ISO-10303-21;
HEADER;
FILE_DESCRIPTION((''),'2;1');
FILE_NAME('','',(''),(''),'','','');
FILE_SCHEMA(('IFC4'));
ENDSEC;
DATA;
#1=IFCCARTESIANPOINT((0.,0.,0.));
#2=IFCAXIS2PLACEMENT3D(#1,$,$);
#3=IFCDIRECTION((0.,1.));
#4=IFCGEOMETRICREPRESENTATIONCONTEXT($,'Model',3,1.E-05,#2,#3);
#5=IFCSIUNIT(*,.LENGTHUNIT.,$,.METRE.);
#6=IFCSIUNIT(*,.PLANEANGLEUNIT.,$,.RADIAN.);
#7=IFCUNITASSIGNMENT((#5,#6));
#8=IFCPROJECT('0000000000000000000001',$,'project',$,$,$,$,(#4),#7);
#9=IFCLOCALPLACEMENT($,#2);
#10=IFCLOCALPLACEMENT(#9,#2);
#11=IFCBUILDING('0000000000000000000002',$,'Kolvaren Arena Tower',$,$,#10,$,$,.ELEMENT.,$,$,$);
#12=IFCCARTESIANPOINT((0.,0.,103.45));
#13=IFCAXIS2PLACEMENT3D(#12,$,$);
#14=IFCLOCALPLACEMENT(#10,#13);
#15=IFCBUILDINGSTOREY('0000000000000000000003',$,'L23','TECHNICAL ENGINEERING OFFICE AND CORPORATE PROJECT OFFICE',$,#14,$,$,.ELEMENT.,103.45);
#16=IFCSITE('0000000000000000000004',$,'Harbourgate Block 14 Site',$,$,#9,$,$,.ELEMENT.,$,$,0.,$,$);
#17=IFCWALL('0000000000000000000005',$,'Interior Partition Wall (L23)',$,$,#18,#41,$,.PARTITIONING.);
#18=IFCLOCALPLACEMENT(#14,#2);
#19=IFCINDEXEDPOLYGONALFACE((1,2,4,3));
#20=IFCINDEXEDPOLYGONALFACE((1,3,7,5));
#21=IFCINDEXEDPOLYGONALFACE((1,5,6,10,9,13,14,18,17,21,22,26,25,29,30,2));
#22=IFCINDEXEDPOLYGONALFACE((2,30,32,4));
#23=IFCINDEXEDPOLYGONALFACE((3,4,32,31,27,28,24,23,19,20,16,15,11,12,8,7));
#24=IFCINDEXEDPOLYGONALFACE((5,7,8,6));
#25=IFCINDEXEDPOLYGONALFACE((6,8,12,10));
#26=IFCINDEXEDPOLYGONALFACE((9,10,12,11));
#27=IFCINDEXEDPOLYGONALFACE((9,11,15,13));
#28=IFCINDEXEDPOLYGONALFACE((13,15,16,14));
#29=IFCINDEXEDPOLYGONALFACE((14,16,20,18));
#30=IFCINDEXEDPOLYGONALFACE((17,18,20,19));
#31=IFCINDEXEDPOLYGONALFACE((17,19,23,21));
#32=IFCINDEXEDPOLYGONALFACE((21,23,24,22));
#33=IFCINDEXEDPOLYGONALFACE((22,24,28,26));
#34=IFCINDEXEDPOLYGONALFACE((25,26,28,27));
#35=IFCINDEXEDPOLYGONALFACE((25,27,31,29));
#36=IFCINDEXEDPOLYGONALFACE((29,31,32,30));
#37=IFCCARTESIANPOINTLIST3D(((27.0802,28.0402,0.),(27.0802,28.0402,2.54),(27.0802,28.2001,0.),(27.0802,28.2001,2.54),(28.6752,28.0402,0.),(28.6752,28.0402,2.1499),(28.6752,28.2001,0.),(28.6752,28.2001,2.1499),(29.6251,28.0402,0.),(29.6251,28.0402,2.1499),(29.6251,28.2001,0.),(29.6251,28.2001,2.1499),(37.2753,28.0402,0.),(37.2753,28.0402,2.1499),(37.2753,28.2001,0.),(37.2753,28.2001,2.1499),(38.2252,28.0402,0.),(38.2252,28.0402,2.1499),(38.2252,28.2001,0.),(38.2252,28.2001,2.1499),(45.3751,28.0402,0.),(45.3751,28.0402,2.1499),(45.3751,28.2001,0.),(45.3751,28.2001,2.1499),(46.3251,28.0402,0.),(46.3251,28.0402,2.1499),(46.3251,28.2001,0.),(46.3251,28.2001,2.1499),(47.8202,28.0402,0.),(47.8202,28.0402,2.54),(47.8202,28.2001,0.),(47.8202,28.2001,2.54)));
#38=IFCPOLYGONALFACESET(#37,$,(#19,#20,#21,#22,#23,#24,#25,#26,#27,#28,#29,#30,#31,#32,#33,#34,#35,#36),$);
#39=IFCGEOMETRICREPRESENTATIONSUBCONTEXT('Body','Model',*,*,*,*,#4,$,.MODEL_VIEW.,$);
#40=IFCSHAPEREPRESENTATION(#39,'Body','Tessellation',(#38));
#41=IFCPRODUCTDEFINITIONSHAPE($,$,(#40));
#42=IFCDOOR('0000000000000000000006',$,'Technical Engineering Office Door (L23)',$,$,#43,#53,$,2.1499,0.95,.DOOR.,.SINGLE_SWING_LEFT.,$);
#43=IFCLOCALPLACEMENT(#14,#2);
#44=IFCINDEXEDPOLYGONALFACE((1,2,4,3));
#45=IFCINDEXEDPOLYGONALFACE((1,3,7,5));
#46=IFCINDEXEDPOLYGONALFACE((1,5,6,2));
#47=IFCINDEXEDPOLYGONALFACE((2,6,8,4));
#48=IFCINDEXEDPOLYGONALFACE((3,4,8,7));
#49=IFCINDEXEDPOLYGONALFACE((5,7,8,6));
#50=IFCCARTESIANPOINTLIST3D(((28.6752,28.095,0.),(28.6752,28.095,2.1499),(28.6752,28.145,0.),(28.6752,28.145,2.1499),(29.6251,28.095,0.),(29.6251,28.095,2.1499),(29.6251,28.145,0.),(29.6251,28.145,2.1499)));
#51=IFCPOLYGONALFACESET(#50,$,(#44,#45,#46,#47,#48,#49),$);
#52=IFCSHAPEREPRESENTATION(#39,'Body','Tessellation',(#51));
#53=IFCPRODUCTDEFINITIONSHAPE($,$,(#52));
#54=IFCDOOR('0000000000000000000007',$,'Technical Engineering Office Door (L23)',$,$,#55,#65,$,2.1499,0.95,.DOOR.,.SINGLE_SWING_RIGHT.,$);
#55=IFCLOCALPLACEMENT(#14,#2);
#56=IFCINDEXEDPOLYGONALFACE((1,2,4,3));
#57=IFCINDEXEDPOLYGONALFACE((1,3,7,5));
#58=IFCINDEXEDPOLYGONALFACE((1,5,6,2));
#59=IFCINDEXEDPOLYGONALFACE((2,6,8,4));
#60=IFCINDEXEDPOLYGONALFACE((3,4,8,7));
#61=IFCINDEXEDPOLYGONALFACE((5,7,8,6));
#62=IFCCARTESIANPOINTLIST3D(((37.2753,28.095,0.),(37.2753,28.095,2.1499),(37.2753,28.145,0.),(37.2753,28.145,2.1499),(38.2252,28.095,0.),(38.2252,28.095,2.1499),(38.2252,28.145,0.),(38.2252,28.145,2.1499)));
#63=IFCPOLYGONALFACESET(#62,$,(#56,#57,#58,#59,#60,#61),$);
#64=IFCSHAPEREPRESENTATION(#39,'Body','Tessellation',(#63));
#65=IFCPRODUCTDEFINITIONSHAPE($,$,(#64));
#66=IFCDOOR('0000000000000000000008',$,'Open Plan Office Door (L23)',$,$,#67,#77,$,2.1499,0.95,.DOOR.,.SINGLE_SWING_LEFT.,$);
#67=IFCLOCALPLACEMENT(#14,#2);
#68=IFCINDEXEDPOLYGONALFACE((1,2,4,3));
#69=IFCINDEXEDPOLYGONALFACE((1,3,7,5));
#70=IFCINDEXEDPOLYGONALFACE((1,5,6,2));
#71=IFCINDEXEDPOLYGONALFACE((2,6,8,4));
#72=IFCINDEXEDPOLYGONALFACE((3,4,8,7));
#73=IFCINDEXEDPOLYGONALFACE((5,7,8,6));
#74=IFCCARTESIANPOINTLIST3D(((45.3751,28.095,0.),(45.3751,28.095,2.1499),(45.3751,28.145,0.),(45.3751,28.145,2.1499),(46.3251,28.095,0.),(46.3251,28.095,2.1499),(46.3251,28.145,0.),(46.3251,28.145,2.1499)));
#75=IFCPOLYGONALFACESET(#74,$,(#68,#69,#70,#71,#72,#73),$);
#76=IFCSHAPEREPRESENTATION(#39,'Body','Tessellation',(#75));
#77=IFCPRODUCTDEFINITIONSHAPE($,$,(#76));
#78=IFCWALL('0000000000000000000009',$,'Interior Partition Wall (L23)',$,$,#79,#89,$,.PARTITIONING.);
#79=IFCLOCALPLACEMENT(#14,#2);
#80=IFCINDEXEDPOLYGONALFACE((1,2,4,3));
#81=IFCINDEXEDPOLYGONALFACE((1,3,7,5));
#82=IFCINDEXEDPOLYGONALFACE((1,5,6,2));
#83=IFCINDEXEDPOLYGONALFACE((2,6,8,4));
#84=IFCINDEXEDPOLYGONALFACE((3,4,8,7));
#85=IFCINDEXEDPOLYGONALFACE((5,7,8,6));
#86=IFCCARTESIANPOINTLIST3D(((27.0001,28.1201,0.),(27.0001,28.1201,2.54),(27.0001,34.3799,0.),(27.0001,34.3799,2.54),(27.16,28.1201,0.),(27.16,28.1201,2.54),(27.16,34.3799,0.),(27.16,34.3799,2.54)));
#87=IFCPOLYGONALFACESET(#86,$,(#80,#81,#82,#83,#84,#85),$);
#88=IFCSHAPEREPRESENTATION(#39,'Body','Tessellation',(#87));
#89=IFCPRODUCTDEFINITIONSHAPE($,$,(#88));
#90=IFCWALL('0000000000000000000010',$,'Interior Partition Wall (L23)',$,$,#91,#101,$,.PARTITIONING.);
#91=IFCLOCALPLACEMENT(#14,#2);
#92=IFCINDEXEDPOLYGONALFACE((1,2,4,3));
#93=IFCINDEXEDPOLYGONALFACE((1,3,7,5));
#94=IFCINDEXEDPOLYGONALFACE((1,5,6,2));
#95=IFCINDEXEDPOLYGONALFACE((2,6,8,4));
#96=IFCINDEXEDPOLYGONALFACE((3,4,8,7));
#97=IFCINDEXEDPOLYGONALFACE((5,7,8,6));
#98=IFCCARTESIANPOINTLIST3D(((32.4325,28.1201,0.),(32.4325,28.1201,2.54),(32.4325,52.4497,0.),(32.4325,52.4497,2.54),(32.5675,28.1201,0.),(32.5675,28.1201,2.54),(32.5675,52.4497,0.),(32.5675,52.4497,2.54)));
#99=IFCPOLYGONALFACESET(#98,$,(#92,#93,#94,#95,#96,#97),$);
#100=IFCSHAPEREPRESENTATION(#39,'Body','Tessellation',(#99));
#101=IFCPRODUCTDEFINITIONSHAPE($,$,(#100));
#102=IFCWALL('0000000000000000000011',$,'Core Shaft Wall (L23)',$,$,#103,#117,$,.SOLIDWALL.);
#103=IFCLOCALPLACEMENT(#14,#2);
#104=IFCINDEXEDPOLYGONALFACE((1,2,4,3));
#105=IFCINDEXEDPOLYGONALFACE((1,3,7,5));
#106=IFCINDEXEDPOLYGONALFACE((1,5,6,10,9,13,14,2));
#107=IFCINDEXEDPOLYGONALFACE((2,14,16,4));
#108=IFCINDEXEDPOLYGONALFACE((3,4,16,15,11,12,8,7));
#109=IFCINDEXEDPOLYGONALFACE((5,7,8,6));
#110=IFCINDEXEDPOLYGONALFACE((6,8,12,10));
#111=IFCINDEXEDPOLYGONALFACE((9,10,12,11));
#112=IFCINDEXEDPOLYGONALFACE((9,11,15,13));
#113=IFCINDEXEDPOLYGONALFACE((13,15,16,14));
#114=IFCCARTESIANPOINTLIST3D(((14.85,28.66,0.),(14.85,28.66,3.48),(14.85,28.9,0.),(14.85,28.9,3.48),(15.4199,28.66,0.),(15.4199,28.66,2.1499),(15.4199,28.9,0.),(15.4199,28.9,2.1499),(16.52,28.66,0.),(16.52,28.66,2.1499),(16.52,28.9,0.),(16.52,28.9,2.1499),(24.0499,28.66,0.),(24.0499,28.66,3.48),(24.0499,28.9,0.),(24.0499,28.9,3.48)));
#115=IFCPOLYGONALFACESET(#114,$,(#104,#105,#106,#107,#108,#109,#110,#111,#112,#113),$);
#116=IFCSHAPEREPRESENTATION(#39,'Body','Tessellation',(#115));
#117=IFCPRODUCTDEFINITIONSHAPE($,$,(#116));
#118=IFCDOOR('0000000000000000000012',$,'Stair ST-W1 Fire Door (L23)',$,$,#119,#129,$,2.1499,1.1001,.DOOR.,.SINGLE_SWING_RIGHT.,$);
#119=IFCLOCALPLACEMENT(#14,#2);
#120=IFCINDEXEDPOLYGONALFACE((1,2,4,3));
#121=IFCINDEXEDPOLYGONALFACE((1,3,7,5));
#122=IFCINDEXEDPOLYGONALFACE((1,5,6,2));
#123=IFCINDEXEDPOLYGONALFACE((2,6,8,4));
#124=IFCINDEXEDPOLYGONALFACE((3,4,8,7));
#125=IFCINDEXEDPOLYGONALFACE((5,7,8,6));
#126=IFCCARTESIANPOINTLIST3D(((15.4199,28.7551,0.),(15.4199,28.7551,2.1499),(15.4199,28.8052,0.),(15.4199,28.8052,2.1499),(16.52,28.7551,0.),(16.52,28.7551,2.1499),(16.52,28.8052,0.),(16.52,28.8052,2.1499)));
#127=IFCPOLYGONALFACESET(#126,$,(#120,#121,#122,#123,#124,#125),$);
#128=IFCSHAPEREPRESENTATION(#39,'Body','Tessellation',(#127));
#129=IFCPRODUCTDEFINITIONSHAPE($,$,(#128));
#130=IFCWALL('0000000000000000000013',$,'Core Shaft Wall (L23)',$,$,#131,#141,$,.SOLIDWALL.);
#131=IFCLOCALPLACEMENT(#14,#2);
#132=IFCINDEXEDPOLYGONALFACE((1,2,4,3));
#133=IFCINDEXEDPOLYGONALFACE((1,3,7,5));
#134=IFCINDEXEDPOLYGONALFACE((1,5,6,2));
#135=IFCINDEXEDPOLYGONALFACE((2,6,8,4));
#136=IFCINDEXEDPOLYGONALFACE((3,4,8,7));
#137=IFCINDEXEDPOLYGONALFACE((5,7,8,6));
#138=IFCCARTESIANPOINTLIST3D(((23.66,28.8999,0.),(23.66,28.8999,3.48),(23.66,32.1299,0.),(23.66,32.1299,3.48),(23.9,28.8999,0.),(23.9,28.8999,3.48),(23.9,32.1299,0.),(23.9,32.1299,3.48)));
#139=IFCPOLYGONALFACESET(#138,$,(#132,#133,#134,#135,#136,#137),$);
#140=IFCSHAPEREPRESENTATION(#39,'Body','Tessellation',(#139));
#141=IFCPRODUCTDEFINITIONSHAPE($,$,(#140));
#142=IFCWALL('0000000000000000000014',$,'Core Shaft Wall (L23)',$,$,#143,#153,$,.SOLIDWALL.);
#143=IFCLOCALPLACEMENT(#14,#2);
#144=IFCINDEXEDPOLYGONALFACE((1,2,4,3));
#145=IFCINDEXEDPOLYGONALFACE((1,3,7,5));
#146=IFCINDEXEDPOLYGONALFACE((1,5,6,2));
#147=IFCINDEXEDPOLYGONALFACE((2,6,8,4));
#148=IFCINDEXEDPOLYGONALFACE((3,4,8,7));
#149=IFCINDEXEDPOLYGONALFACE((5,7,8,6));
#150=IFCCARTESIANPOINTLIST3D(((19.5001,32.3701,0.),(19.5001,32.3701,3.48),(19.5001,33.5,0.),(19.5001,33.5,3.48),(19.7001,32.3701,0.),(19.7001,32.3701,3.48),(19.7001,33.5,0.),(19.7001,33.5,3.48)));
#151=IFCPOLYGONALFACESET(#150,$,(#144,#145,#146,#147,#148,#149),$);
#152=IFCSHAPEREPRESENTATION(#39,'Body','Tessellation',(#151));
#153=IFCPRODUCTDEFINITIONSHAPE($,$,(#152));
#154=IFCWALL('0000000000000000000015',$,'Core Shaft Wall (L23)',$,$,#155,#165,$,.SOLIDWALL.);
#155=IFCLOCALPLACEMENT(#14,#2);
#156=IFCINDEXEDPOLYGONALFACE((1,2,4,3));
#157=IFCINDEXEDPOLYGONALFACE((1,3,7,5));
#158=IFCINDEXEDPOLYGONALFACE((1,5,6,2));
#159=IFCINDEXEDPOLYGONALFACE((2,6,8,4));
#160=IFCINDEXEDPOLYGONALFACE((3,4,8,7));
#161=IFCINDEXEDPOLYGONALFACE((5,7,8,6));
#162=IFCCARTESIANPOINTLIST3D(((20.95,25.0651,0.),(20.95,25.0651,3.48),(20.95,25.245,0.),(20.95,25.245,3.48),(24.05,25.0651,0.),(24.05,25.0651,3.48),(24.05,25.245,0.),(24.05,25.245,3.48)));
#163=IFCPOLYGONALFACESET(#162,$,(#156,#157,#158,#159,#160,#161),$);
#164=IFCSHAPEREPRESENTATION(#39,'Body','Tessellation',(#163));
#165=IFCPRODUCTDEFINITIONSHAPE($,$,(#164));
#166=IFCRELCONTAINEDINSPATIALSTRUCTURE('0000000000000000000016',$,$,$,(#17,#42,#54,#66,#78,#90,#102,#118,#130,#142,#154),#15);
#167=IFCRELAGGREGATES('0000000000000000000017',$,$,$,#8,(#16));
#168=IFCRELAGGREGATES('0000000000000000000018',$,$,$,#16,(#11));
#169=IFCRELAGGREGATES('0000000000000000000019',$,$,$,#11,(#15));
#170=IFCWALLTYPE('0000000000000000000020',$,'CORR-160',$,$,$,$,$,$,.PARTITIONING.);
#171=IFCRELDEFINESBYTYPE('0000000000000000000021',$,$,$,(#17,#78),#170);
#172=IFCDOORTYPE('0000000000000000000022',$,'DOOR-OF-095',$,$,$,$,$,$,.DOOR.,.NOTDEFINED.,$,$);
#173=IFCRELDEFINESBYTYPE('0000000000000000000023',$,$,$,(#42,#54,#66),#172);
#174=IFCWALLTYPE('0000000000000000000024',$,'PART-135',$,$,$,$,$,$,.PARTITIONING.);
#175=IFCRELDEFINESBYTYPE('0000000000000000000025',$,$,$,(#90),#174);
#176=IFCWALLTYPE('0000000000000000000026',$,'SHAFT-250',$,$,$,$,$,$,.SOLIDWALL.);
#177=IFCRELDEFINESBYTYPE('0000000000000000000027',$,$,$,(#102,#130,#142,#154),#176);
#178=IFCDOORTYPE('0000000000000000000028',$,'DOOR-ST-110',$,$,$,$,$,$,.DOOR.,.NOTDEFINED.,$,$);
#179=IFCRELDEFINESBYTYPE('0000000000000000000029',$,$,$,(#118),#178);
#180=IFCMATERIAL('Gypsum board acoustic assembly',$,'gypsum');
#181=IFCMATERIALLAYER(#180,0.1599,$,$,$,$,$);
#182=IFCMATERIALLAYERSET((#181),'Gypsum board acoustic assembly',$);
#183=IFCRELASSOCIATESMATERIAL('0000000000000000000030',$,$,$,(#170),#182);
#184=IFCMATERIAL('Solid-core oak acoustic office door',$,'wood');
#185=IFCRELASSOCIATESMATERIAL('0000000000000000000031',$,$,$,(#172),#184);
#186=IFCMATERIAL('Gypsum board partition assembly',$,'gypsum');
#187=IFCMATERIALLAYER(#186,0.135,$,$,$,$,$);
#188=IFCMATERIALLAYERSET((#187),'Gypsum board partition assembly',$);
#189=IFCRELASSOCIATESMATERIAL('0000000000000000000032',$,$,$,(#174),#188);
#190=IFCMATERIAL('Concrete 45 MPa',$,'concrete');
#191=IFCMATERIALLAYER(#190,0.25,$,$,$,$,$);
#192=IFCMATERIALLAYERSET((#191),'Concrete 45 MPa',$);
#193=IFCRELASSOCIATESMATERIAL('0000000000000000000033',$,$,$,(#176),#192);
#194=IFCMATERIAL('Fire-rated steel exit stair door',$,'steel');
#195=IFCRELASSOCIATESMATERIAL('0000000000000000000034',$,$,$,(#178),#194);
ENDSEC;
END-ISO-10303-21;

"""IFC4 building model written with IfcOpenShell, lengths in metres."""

from ifc_helpers import new_model, si_unit, direction, frame, frame_2d, origin, place, context, subcontext, project, spatial, rectangle, extrude, material, layer, layer_set, type_object, element, fill, save


model = new_model("IFC4")

# Units and contexts
model_context = context("Model", 3, precision=1e-05, world=origin(), true_north=direction((0.0, 1.0)))
body_context = subcontext(model_context, "Body", "Model", "MODEL_VIEW")
ifc_project = project(units=[si_unit("LENGTHUNIT", "METRE"), si_unit("PLANEANGLEUNIT", "RADIAN")], contexts=[model_context])

# Site, building, storey
site_placement = place(None, origin())
site = spatial("IfcSite", under=ifc_project, at=site_placement, Name="Harbourgate Block 14 Site", CompositionType="ELEMENT", RefElevation=0.0)
building_placement = place(site_placement, origin())
building = spatial("IfcBuilding", under=site, at=building_placement, Name="Kolvaren Arena Tower", CompositionType="ELEMENT")
storey_placement = place(building_placement, frame((0.0, 0.0, 103.45)))
storey = spatial("IfcBuildingStorey", under=building, at=storey_placement, Name="L23", Description="TECHNICAL ENGINEERING OFFICE AND CORPORATE PROJECT OFFICE", CompositionType="ELEMENT", Elevation=103.45)

# Wall, openings, doors
ifc_material_1 = material(Name="Gypsum board acoustic assembly", Category="gypsum")
ifc_layer_1 = layer(ifc_material_1, 0.1599)
ifc_layer_set_1 = layer_set([ifc_layer_1], Name="Gypsum board acoustic assembly")
wall_type_1 = type_object("IfcWallType", Name="CORR-160", PredefinedType="PARTITIONING", material=ifc_layer_set_1)
wall_1_placement = place(storey_placement, frame((27.0801, 28.1201, 0.0), z_axis=(0.0, 0.0, 1.0), x_axis=(1.0, 0.0, 0.0)))
wall_1 = element("IfcWall", 1, at=wall_1_placement, inside=storey, type_object=wall_type_1, Name="Interior Partition Wall (L23)", PredefinedType="PARTITIONING", context=body_context, shape_type="SweptSolid", body=[
    extrude(rectangle(XDim=20.74, YDim=0.1599, at=frame_2d((10.3701, 0.0))), origin(), (0.0, 0.0, 1.0), 2.54),
])
opening_1_placement = place(wall_1_placement, frame((1.595, 0.0, 0.0)))
opening_1 = element("IfcOpeningElement", 2, at=opening_1_placement, cuts=wall_1, PredefinedType="OPENING", context=body_context, shape_type="SweptSolid", body=[
    extrude(rectangle(XDim=0.95, YDim=2.1499, at=frame_2d((0.4751, 1.075))), frame((0.0, 0.0898, 0.0), z_axis=(0.0, -1.0, 0.0), x_axis=(1.0, 0.0, 0.0)), (0.0, 0.0, 1.0), 0.1799),
])
opening_2_placement = place(wall_1_placement, frame((10.1951, 0.0, 0.0)))
opening_2 = element("IfcOpeningElement", 3, at=opening_2_placement, cuts=wall_1, PredefinedType="OPENING", context=body_context, shape_type="SweptSolid", body=[
    extrude(rectangle(XDim=0.95, YDim=2.1499, at=frame_2d((0.4751, 1.075))), frame((0.0, 0.0898, 0.0), z_axis=(0.0, -1.0, 0.0), x_axis=(1.0, 0.0, 0.0)), (0.0, 0.0, 1.0), 0.1799),
])
opening_3_placement = place(wall_1_placement, frame((18.2949, 0.0, 0.0)))
opening_3 = element("IfcOpeningElement", 4, at=opening_3_placement, cuts=wall_1, PredefinedType="OPENING", context=body_context, shape_type="SweptSolid", body=[
    extrude(rectangle(XDim=0.95, YDim=2.1499, at=frame_2d((0.4751, 1.075))), frame((0.0, 0.0898, 0.0), z_axis=(0.0, -1.0, 0.0), x_axis=(1.0, 0.0, 0.0)), (0.0, 0.0, 1.0), 0.1799),
])
ifc_material_2 = material(Name="Solid-core oak acoustic office door", Category="wood")
door_type_1 = type_object("IfcDoorType", Name="DOOR-OF-095", OperationType="NOTDEFINED", PredefinedType="DOOR", material=ifc_material_2)
door_1_placement = place(opening_1_placement, origin())
door_1 = element("IfcDoor", 5, at=door_1_placement, inside=storey, type_object=door_type_1, Name="Technical Engineering Office Door (L23)", OperationType="SINGLE_SWING_LEFT", OverallHeight=2.1499, OverallWidth=0.95, PredefinedType="DOOR", context=body_context, shape_type="SweptSolid", body=[
    extrude(rectangle(XDim=0.95, YDim=2.1499, at=frame_2d((0.4751, 1.075))), frame((0.0, 0.0249, 0.0), z_axis=(0.0, -1.0, 0.0), x_axis=(1.0, 0.0, 0.0)), (0.0, 0.0, 1.0), 0.05),
])
fill(opening_1, door_1)
door_2_placement = place(opening_2_placement, origin())
door_2 = element("IfcDoor", 6, at=door_2_placement, inside=storey, type_object=door_type_1, Name="Technical Engineering Office Door (L23)", OperationType="SINGLE_SWING_RIGHT", OverallHeight=2.1499, OverallWidth=0.95, PredefinedType="DOOR", context=body_context, shape_type="SweptSolid", body=[
    extrude(rectangle(XDim=0.95, YDim=2.1499, at=frame_2d((0.4751, 1.075))), frame((0.0, 0.0249, 0.0), z_axis=(0.0, -1.0, 0.0), x_axis=(1.0, 0.0, 0.0)), (0.0, 0.0, 1.0), 0.05),
])
fill(opening_2, door_2)
door_3_placement = place(opening_3_placement, origin())
door_3 = element("IfcDoor", 7, at=door_3_placement, inside=storey, type_object=door_type_1, Name="Open Plan Office Door (L23)", OperationType="SINGLE_SWING_LEFT", OverallHeight=2.1499, OverallWidth=0.95, PredefinedType="DOOR", context=body_context, shape_type="SweptSolid", body=[
    extrude(rectangle(XDim=0.95, YDim=2.1499, at=frame_2d((0.4751, 1.075))), frame((0.0, 0.0249, 0.0), z_axis=(0.0, -1.0, 0.0), x_axis=(1.0, 0.0, 0.0)), (0.0, 0.0, 1.0), 0.05),
])
fill(opening_3, door_3)

# Wall
wall_2_placement = place(storey_placement, frame((27.0801, 28.1201, 0.0), z_axis=(0.0, 0.0, 1.0), x_axis=(0.0, 1.0, 0.0)))
element("IfcWall", 8, at=wall_2_placement, inside=storey, type_object=wall_type_1, Name="Interior Partition Wall (L23)", PredefinedType="PARTITIONING", context=body_context, shape_type="SweptSolid", body=[
    extrude(rectangle(XDim=6.2598, YDim=0.1599, at=frame_2d((3.1299, 0.0))), origin(), (0.0, 0.0, 1.0), 2.54),
])

# Wall
ifc_material_3 = material(Name="Gypsum board partition assembly", Category="gypsum")
ifc_layer_2 = layer(ifc_material_3, 0.135)
ifc_layer_set_2 = layer_set([ifc_layer_2], Name="Gypsum board partition assembly")
wall_type_2 = type_object("IfcWallType", Name="PART-135", PredefinedType="PARTITIONING", material=ifc_layer_set_2)
wall_3_placement = place(storey_placement, frame((32.5, 28.1201, 0.0), z_axis=(0.0, 0.0, 1.0), x_axis=(0.0, 1.0, 0.0)))
element("IfcWall", 9, at=wall_3_placement, inside=storey, type_object=wall_type_2, Name="Interior Partition Wall (L23)", PredefinedType="PARTITIONING", context=body_context, shape_type="SweptSolid", body=[
    extrude(rectangle(XDim=24.3296, YDim=0.135, at=frame_2d((12.1648, 0.0))), origin(), (0.0, 0.0, 1.0), 2.54),
])

# Wall, opening, door
ifc_material_4 = material(Name="Concrete 45 MPa", Category="concrete")
ifc_layer_3 = layer(ifc_material_4, 0.25)
ifc_layer_set_3 = layer_set([ifc_layer_3], Name="Concrete 45 MPa")
wall_type_3 = type_object("IfcWallType", Name="SHAFT-250", PredefinedType="SOLIDWALL", material=ifc_layer_set_3)
wall_4_placement = place(storey_placement, frame((24.05, 28.78, 0.0), z_axis=(0.0, 0.0, 1.0), x_axis=(-1.0, 0.0, 0.0)))
wall_4 = element("IfcWall", 10, at=wall_4_placement, inside=storey, type_object=wall_type_3, Name="Core Shaft Wall (L23)", PredefinedType="SOLIDWALL", context=body_context, shape_type="SweptSolid", body=[
    extrude(rectangle(XDim=9.2, YDim=0.24, at=frame_2d((4.6001, 0.0))), origin(), (0.0, 0.0, 1.0), 3.48),
])
opening_4_placement = place(wall_4_placement, frame((7.53, 0.0, 0.0)))
opening_4 = element("IfcOpeningElement", 11, at=opening_4_placement, cuts=wall_4, PredefinedType="OPENING", context=body_context, shape_type="SweptSolid", body=[
    extrude(rectangle(XDim=1.1001, YDim=2.1499, at=frame_2d((0.55, 1.075))), frame((0.0, 0.1299, 0.0), z_axis=(0.0, -1.0, 0.0), x_axis=(1.0, 0.0, 0.0)), (0.0, 0.0, 1.0), 0.26),
])
ifc_material_5 = material(Name="Fire-rated steel exit stair door", Category="steel")
door_type_2 = type_object("IfcDoorType", Name="DOOR-ST-110", OperationType="NOTDEFINED", PredefinedType="DOOR", material=ifc_material_5)
door_4_placement = place(opening_4_placement, origin())
door_4 = element("IfcDoor", 12, at=door_4_placement, inside=storey, type_object=door_type_2, Name="Stair ST-W1 Fire Door (L23)", OperationType="SINGLE_SWING_RIGHT", OverallHeight=2.1499, OverallWidth=1.1001, PredefinedType="DOOR", context=body_context, shape_type="SweptSolid", body=[
    extrude(rectangle(XDim=1.1001, YDim=2.1499, at=frame_2d((0.55, 1.075))), frame((0.0, 0.0249, 0.0), z_axis=(0.0, -1.0, 0.0), x_axis=(1.0, 0.0, 0.0)), (0.0, 0.0, 1.0), 0.05),
])
fill(opening_4, door_4)

# Walls
wall_5_placement = place(storey_placement, frame((23.78, 28.8999, 0.0), z_axis=(0.0, 0.0, 1.0), x_axis=(0.0, 1.0, 0.0)))
element("IfcWall", 13, at=wall_5_placement, inside=storey, type_object=wall_type_3, Name="Core Shaft Wall (L23)", PredefinedType="SOLIDWALL", context=body_context, shape_type="SweptSolid", body=[
    extrude(rectangle(XDim=3.23, YDim=0.24, at=frame_2d((1.615, 0.0))), origin(), (0.0, 0.0, 1.0), 3.48),
])
wall_6_placement = place(storey_placement, frame((19.6001, 32.3701, 0.0), z_axis=(0.0, 0.0, 1.0), x_axis=(0.0, 1.0, 0.0)))
element("IfcWall", 14, at=wall_6_placement, inside=storey, type_object=wall_type_3, Name="Core Shaft Wall (L23)", PredefinedType="SOLIDWALL", context=body_context, shape_type="SweptSolid", body=[
    extrude(rectangle(XDim=1.1299, YDim=0.2, at=frame_2d((0.5649, 0.0))), origin(), (0.0, 0.0, 1.0), 3.48),
])
wall_7_placement = place(storey_placement, frame((20.95, 25.155, 0.0), z_axis=(0.0, 0.0, 1.0), x_axis=(1.0, 0.0, 0.0)))
element("IfcWall", 15, at=wall_7_placement, inside=storey, type_object=wall_type_3, Name="Core Shaft Wall (L23)", PredefinedType="SOLIDWALL", context=body_context, shape_type="SweptSolid", body=[
    extrude(rectangle(XDim=3.1001, YDim=0.1799, at=frame_2d((1.55, 0.0))), origin(), (0.0, 0.0, 1.0), 3.48),
])

save(model, "model.ifc")
